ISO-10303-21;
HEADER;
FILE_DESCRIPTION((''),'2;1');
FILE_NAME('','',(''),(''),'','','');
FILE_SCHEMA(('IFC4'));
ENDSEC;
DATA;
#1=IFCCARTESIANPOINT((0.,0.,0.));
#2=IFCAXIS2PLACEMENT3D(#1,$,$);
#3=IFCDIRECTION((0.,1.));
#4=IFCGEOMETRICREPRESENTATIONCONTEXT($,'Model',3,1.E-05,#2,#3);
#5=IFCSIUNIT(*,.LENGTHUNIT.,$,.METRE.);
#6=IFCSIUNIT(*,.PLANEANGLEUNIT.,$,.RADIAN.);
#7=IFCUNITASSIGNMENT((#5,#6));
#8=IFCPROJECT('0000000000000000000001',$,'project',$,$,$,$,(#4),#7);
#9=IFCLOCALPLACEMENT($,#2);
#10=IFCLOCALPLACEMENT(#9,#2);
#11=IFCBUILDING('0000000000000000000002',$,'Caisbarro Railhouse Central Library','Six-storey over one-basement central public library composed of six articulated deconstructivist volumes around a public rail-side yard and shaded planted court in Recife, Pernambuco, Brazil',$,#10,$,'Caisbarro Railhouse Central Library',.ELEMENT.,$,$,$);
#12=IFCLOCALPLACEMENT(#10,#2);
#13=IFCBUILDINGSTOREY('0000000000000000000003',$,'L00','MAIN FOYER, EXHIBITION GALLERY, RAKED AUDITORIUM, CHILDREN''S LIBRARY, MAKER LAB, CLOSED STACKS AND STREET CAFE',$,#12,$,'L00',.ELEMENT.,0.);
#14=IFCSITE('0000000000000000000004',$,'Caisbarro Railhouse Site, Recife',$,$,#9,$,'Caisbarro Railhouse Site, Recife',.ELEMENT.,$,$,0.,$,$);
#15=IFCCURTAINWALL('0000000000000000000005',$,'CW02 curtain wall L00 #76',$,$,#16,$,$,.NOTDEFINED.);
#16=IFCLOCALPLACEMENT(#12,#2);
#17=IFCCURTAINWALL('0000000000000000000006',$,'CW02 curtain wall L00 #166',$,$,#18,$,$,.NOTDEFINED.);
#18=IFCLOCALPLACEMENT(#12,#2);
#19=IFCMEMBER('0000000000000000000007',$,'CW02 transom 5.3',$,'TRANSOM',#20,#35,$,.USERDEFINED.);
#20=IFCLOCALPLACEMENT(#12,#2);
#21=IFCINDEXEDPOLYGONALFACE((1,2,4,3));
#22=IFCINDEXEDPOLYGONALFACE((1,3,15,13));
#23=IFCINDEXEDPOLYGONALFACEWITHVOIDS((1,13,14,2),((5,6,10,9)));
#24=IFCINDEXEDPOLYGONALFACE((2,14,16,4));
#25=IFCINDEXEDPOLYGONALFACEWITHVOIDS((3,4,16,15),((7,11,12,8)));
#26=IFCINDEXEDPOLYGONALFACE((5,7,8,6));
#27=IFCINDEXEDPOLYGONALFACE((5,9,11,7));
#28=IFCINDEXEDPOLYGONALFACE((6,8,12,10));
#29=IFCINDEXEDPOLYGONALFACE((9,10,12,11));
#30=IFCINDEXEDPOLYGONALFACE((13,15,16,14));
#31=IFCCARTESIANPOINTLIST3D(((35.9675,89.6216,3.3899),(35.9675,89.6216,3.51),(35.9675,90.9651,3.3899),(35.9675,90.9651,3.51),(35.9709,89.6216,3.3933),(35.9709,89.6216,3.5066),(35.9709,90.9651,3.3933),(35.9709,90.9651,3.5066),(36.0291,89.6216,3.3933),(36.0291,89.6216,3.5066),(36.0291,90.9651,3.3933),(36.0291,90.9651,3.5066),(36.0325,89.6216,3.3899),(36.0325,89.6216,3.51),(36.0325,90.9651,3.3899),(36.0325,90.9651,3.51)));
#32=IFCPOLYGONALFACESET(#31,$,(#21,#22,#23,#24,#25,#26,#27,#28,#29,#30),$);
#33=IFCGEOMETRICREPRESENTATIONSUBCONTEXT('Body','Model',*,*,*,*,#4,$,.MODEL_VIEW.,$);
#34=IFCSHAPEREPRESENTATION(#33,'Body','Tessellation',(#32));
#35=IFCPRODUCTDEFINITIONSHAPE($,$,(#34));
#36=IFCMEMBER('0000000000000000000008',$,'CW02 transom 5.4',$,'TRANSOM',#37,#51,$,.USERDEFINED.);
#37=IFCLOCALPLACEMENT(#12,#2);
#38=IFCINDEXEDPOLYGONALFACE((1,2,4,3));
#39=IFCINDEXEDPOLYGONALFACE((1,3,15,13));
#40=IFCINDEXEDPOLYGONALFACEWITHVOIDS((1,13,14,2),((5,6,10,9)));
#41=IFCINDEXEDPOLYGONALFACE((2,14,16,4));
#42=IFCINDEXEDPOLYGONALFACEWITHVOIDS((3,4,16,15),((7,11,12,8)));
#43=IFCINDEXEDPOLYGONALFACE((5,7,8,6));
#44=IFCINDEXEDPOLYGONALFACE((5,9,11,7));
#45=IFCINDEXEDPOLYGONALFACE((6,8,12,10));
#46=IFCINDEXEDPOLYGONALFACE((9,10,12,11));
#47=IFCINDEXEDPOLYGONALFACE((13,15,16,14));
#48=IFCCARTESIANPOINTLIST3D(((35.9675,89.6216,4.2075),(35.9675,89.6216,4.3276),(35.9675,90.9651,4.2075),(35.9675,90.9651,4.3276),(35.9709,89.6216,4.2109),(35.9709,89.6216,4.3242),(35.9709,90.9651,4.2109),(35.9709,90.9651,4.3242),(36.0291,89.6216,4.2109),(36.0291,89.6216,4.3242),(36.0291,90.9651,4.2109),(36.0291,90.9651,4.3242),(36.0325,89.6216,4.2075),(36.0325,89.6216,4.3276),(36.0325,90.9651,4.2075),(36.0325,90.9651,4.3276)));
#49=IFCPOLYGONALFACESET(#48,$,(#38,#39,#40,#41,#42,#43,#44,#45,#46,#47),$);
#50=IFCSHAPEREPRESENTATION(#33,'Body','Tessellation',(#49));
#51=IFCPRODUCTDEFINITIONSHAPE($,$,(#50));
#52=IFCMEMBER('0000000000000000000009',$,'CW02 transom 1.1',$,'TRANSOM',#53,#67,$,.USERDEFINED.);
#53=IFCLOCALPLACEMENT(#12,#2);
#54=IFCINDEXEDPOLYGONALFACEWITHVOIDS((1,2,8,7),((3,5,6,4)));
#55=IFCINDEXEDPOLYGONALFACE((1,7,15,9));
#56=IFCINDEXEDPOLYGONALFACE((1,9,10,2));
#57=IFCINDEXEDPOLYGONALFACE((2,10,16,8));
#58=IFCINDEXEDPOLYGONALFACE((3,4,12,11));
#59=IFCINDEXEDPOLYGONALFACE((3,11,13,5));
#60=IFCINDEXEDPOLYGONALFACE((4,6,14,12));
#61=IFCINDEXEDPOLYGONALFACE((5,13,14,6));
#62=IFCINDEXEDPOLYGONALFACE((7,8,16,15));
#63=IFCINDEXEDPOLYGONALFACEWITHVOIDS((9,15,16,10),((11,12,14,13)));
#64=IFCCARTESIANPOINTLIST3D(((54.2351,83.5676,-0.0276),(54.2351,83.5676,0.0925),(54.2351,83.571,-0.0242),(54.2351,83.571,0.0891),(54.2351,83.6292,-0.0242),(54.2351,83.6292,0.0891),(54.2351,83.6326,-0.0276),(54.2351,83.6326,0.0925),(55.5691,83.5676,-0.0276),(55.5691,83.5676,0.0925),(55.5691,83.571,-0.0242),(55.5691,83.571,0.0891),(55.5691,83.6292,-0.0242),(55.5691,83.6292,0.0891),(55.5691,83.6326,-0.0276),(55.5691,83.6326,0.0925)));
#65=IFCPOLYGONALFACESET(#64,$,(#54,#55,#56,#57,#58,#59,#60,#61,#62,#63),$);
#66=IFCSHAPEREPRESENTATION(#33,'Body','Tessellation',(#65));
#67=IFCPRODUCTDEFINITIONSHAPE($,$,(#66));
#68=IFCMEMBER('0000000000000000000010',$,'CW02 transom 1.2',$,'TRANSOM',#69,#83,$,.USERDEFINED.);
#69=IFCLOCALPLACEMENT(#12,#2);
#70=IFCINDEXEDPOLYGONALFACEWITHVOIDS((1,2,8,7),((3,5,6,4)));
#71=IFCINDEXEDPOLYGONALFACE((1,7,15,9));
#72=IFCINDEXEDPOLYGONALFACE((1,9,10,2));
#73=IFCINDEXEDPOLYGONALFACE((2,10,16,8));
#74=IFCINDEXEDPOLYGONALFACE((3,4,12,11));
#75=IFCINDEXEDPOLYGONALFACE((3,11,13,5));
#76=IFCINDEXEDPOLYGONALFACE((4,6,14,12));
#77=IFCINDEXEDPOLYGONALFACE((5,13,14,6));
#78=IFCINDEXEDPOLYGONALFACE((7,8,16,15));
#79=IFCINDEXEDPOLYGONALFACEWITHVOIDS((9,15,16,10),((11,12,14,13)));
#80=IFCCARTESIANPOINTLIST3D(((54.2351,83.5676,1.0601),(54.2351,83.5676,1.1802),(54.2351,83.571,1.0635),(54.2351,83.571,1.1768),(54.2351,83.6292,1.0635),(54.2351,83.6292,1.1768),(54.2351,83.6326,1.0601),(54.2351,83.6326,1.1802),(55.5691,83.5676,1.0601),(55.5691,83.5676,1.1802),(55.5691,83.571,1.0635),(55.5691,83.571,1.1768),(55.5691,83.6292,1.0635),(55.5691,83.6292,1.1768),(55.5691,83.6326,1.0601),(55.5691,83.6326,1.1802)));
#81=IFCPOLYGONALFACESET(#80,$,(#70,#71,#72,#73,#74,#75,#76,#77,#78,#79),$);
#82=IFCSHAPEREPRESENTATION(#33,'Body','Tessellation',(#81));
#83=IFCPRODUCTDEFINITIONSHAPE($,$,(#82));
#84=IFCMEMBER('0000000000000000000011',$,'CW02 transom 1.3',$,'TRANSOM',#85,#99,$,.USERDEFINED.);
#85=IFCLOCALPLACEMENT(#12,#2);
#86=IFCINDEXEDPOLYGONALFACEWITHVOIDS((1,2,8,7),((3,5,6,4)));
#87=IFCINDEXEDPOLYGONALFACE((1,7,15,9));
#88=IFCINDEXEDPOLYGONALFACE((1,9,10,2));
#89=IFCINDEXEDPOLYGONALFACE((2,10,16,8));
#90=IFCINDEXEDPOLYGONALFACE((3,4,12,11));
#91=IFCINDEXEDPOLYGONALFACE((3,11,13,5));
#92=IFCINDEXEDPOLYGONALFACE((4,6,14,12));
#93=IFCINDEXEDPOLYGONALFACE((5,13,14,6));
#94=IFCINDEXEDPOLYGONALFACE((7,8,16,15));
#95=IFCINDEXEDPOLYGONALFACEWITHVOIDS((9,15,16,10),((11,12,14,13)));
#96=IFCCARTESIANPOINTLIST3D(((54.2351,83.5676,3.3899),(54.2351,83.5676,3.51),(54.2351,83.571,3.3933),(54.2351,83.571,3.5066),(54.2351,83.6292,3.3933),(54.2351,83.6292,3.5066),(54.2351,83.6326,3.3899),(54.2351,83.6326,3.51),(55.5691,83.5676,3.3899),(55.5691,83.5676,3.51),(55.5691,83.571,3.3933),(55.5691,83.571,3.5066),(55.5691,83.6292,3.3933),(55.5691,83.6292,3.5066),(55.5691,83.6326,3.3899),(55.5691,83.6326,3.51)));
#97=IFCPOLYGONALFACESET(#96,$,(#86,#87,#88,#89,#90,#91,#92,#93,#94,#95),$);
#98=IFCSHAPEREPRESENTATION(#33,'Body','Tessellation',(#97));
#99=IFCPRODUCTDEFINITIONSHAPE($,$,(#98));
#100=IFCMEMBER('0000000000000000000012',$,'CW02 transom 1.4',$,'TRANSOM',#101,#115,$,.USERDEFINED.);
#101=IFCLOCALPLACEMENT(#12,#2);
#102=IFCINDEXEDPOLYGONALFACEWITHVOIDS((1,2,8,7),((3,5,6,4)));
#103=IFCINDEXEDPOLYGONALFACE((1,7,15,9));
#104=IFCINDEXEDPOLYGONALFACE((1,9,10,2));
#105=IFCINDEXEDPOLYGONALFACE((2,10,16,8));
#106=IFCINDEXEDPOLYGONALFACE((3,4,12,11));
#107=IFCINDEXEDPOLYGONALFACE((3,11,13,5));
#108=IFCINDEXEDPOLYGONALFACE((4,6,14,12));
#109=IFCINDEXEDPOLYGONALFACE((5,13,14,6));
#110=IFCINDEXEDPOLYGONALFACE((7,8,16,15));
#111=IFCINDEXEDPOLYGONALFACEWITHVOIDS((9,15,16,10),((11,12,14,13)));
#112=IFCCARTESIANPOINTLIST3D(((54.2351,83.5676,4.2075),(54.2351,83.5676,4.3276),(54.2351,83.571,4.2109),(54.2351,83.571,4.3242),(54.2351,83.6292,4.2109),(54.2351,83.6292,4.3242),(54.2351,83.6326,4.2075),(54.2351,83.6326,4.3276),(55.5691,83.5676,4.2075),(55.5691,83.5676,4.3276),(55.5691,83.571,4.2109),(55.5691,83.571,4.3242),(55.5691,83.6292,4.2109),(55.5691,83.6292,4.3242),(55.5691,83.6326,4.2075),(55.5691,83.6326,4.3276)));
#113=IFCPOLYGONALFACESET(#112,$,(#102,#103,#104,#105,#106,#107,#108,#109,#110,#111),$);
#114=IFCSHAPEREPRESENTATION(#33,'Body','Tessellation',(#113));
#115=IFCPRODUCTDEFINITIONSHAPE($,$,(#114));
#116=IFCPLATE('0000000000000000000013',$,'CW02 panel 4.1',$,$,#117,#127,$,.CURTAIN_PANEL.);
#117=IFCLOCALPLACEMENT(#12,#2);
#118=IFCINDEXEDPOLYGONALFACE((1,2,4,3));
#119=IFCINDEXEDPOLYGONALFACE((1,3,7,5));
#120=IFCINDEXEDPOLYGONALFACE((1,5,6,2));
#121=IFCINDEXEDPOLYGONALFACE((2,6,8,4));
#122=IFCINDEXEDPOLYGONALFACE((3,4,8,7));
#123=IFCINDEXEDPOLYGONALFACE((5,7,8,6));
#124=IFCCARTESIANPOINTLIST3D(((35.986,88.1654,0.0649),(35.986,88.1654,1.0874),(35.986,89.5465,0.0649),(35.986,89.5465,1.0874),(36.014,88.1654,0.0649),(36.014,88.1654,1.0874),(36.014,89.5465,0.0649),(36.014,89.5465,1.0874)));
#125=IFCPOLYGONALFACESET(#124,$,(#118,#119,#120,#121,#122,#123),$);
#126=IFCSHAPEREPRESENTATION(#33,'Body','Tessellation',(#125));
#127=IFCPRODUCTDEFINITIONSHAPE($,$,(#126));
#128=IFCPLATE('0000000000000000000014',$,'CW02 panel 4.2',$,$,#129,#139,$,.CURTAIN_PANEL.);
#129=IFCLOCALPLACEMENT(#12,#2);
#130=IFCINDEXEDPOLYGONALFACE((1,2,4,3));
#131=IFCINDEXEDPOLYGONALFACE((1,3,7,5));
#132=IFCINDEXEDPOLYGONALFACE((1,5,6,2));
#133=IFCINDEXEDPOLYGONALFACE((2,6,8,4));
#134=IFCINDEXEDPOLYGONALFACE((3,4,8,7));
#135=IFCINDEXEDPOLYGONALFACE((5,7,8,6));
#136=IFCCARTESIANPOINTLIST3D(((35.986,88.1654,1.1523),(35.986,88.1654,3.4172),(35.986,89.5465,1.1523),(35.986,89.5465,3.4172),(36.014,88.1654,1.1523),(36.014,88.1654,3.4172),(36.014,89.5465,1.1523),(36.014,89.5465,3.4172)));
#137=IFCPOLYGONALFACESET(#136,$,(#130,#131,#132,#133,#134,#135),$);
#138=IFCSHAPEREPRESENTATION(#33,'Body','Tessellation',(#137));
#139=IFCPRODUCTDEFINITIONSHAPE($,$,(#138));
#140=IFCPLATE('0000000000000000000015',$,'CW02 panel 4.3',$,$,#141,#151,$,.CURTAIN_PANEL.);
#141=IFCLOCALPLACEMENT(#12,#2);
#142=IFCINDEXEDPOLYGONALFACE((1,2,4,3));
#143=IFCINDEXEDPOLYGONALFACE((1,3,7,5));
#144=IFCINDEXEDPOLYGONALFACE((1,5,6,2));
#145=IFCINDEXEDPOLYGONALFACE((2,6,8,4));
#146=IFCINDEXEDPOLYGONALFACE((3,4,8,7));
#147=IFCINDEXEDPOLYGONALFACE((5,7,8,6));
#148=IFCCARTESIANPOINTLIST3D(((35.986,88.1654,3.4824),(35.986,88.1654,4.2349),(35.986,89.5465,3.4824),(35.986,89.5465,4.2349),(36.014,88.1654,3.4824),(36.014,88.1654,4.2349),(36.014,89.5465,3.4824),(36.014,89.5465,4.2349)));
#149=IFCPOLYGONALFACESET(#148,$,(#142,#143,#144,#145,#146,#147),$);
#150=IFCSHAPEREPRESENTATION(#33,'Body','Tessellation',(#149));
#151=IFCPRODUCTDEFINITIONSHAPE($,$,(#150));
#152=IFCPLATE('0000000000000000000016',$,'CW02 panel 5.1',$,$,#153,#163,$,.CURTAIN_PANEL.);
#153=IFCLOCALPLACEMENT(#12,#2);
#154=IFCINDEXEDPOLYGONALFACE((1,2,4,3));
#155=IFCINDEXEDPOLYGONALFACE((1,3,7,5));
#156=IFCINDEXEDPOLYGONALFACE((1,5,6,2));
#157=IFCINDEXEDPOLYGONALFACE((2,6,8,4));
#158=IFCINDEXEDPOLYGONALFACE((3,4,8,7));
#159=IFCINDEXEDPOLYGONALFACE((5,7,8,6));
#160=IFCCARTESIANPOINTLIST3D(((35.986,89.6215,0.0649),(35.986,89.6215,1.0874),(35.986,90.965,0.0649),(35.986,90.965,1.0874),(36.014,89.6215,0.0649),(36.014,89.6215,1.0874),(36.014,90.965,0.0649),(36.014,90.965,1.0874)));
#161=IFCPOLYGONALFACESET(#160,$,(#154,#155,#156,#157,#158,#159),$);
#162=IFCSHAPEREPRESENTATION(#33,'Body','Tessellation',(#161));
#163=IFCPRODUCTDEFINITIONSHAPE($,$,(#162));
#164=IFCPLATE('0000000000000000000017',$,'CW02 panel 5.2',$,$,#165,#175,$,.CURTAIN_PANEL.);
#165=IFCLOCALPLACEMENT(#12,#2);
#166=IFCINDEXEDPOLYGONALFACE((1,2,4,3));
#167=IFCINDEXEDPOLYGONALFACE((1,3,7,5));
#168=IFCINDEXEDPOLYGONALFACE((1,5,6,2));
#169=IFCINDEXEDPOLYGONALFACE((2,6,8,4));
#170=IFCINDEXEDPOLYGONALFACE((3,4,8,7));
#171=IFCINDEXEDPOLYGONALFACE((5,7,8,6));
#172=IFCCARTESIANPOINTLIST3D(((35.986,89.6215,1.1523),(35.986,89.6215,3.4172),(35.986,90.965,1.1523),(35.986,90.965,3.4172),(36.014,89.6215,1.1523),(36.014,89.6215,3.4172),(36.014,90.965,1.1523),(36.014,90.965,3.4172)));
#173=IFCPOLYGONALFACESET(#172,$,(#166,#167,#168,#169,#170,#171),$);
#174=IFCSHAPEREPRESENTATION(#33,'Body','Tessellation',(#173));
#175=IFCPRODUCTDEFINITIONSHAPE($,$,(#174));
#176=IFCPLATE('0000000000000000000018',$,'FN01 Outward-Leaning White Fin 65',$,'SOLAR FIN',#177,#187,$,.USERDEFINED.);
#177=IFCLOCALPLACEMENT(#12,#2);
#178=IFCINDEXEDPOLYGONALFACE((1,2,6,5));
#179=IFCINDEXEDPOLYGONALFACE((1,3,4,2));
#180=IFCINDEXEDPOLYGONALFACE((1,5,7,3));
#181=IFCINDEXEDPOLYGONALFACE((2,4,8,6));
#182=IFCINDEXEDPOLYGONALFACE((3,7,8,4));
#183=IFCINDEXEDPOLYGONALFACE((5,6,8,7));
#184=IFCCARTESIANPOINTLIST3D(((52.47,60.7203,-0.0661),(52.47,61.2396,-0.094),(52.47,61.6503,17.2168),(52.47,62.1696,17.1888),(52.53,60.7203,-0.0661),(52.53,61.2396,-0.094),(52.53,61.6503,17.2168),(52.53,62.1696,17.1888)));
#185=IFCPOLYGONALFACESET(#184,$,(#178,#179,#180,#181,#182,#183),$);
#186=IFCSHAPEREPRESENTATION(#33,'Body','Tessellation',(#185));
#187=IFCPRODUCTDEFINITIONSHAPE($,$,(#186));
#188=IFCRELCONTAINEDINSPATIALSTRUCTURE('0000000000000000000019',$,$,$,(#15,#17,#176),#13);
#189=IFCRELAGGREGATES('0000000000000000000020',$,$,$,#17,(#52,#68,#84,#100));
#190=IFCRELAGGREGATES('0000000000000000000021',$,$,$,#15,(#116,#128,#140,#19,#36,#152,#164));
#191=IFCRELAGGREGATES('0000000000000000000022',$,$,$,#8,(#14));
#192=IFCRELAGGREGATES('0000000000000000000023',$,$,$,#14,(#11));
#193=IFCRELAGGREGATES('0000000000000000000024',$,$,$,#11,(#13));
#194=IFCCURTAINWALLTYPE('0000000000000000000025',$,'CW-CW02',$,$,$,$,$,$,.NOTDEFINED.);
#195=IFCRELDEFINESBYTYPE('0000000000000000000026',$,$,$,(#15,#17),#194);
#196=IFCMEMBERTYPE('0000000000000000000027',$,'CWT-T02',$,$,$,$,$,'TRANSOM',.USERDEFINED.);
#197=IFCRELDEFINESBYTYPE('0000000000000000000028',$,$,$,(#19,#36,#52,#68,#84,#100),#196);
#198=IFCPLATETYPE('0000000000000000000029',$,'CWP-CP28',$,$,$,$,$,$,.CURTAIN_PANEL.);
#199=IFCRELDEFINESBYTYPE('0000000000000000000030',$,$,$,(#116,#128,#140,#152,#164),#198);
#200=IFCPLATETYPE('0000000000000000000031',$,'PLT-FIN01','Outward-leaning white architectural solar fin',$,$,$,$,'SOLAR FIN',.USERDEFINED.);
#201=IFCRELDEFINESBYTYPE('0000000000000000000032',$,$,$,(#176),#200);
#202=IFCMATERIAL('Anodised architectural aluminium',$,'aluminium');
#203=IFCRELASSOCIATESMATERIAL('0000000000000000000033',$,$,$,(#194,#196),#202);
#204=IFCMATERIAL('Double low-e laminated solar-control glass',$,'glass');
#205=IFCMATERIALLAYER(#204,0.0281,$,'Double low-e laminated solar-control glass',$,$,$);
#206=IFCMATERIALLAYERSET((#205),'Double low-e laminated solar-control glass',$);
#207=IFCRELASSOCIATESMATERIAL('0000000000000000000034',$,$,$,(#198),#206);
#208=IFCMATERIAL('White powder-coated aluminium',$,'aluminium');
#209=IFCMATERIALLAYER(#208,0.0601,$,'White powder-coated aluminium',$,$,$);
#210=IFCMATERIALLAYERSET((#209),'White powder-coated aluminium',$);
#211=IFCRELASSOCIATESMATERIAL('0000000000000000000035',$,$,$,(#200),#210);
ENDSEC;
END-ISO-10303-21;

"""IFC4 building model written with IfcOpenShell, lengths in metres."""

from ifc_helpers import new_model, si_unit, direction, frame, origin, origin_2d, place, context, subcontext, project, spatial, rectangle, hollow_rectangle, extrude, material, layer, layer_set, material_profile, profile_set, type_object, element, aggregate, save


model = new_model("IFC4")

# Units and contexts
model_context = context("Model", 3, precision=1e-05, world=origin(), true_north=direction((0.0, 1.0)))
body_context = subcontext(model_context, "Body", "Model", "MODEL_VIEW")
ifc_project = project(units=[si_unit("LENGTHUNIT", "METRE"), si_unit("PLANEANGLEUNIT", "RADIAN")], contexts=[model_context])

# Site, building, storey
site_placement = place(None, origin())
site = spatial("IfcSite", under=ifc_project, at=site_placement, Name="Caisbarro Railhouse Site, Recife", LongName="Caisbarro Railhouse Site, Recife", CompositionType="ELEMENT", RefElevation=0.0)
building_placement = place(site_placement, origin())
building = spatial("IfcBuilding", under=site, at=building_placement, Name="Caisbarro Railhouse Central Library", Description="Six-storey over one-basement central public library composed of six articulated deconstructivist volumes around a public rail-side yard and shaded planted court in Recife, Pernambuco, Brazil", LongName="Caisbarro Railhouse Central Library", CompositionType="ELEMENT")
storey_placement = place(building_placement, origin())
storey = spatial("IfcBuildingStorey", under=building, at=storey_placement, Name="L00", Description="MAIN FOYER, EXHIBITION GALLERY, RAKED AUDITORIUM, CHILDREN'S LIBRARY, MAKER LAB, CLOSED STACKS AND STREET CAFE", LongName="L00", CompositionType="ELEMENT", Elevation=0.0)

# Curtain walls
ifc_material_1 = material(Name="Anodised architectural aluminium", Category="aluminium")
curtain_wall_type = type_object("IfcCurtainWallType", Name="CW-CW02", PredefinedType="NOTDEFINED", material=ifc_material_1)
curtain_wall_1_placement = place(storey_placement, origin())
curtain_wall_1 = element("IfcCurtainWall", 1, at=curtain_wall_1_placement, inside=storey, type_object=curtain_wall_type, Name="CW02 curtain wall L00 #76", PredefinedType="NOTDEFINED")
curtain_wall_2_placement = place(storey_placement, origin())
curtain_wall_2 = element("IfcCurtainWall", 2, at=curtain_wall_2_placement, inside=storey, type_object=curtain_wall_type, Name="CW02 curtain wall L00 #166", PredefinedType="NOTDEFINED")

# Members
ifc_material_profile_1 = material_profile(ifc_material_1, hollow_rectangle(XDim=0.0649, YDim=0.1201, WallThickness=0.0034, at=origin_2d()), Name="ALU-TRN-65X120")
ifc_profile_set_1 = profile_set([ifc_material_profile_1], Name="Anodised architectural aluminium")
member_type_1 = type_object("IfcMemberType", Name="CWT-T02", ElementType="TRANSOM", PredefinedType="USERDEFINED", material=ifc_profile_set_1)
member_1_placement = place(storey_placement, frame((36.0, 89.6216, 3.45), z_axis=(0.0, 1.0, 0.0), x_axis=(-1.0, 0.0, 0.0)))
member_1 = element("IfcMember", 3, at=member_1_placement, type_object=member_type_1, Name="CW02 transom 5.3", ObjectType="TRANSOM", PredefinedType="USERDEFINED", context=body_context, shape_type="SweptSolid", body=[
    extrude(hollow_rectangle(XDim=0.0649, YDim=0.1201, WallThickness=0.0034, at=origin_2d()), origin(), (0.0, 0.0, 1.0), 1.3435),
])
member_2_placement = place(storey_placement, frame((36.0, 89.6216, 4.2676), z_axis=(0.0, 1.0, 0.0), x_axis=(-1.0, 0.0, 0.0)))
member_2 = element("IfcMember", 4, at=member_2_placement, type_object=member_type_1, Name="CW02 transom 5.4", ObjectType="TRANSOM", PredefinedType="USERDEFINED", context=body_context, shape_type="SweptSolid", body=[
    extrude(hollow_rectangle(XDim=0.0649, YDim=0.1201, WallThickness=0.0034, at=origin_2d()), origin(), (0.0, 0.0, 1.0), 1.3435),
])
member_3_placement = place(storey_placement, frame((54.2351, 83.6001, 0.0325), z_axis=(1.0, 0.0, 0.0), x_axis=(0.0, 1.0, 0.0)))
member_3 = element("IfcMember", 5, at=member_3_placement, type_object=member_type_1, Name="CW02 transom 1.1", ObjectType="TRANSOM", PredefinedType="USERDEFINED", context=body_context, shape_type="SweptSolid", body=[
    extrude(hollow_rectangle(XDim=0.0649, YDim=0.1201, WallThickness=0.0034, at=origin_2d()), origin(), (0.0, 0.0, 1.0), 1.334),
])
member_4_placement = place(storey_placement, frame((54.2351, 83.6001, 1.1201), z_axis=(1.0, 0.0, 0.0), x_axis=(0.0, 1.0, 0.0)))
member_4 = element("IfcMember", 6, at=member_4_placement, type_object=member_type_1, Name="CW02 transom 1.2", ObjectType="TRANSOM", PredefinedType="USERDEFINED", context=body_context, shape_type="SweptSolid", body=[
    extrude(hollow_rectangle(XDim=0.0649, YDim=0.1201, WallThickness=0.0034, at=origin_2d()), origin(), (0.0, 0.0, 1.0), 1.334),
])
member_5_placement = place(storey_placement, frame((54.2351, 83.6001, 3.45), z_axis=(1.0, 0.0, 0.0), x_axis=(0.0, 1.0, 0.0)))
member_5 = element("IfcMember", 7, at=member_5_placement, type_object=member_type_1, Name="CW02 transom 1.3", ObjectType="TRANSOM", PredefinedType="USERDEFINED", context=body_context, shape_type="SweptSolid", body=[
    extrude(hollow_rectangle(XDim=0.0649, YDim=0.1201, WallThickness=0.0034, at=origin_2d()), origin(), (0.0, 0.0, 1.0), 1.334),
])
member_6_placement = place(storey_placement, frame((54.2351, 83.6001, 4.2676), z_axis=(1.0, 0.0, 0.0), x_axis=(0.0, 1.0, 0.0)))
member_6 = element("IfcMember", 8, at=member_6_placement, type_object=member_type_1, Name="CW02 transom 1.4", ObjectType="TRANSOM", PredefinedType="USERDEFINED", context=body_context, shape_type="SweptSolid", body=[
    extrude(hollow_rectangle(XDim=0.0649, YDim=0.1201, WallThickness=0.0034, at=origin_2d()), origin(), (0.0, 0.0, 1.0), 1.334),
])
aggregate(curtain_wall_2, [member_3, member_4, member_5, member_6])

# Plates
ifc_material_2 = material(Name="Double low-e laminated solar-control glass", Category="glass")
ifc_layer_1 = layer(ifc_material_2, 0.0281, Name="Double low-e laminated solar-control glass")
ifc_layer_set_1 = layer_set([ifc_layer_1], Name="Double low-e laminated solar-control glass")
plate_type_1 = type_object("IfcPlateType", Name="CWP-CP28", PredefinedType="CURTAIN_PANEL", material=ifc_layer_set_1)
plate_1_placement = place(storey_placement, frame((36.0, 88.856, 0.0649), z_axis=(0.0, 0.0, 1.0), x_axis=(0.0, 1.0, 0.0)))
plate_1 = element("IfcPlate", 9, at=plate_1_placement, type_object=plate_type_1, Name="CW02 panel 4.1", PredefinedType="CURTAIN_PANEL", context=body_context, shape_type="SweptSolid", body=[
    extrude(rectangle(XDim=1.3811, YDim=0.0281, at=origin_2d()), origin(), (0.0, 0.0, 1.0), 1.0225),
])
plate_2_placement = place(storey_placement, frame((36.0, 88.856, 1.1523), z_axis=(0.0, 0.0, 1.0), x_axis=(0.0, 1.0, 0.0)))
plate_2 = element("IfcPlate", 10, at=plate_2_placement, type_object=plate_type_1, Name="CW02 panel 4.2", PredefinedType="CURTAIN_PANEL", context=body_context, shape_type="SweptSolid", body=[
    extrude(rectangle(XDim=1.3811, YDim=0.0281, at=origin_2d()), origin(), (0.0, 0.0, 1.0), 2.2649),
])
plate_3_placement = place(storey_placement, frame((36.0, 88.856, 3.4824), z_axis=(0.0, 0.0, 1.0), x_axis=(0.0, 1.0, 0.0)))
plate_3 = element("IfcPlate", 11, at=plate_3_placement, type_object=plate_type_1, Name="CW02 panel 4.3", PredefinedType="CURTAIN_PANEL", context=body_context, shape_type="SweptSolid", body=[
    extrude(rectangle(XDim=1.3811, YDim=0.0281, at=origin_2d()), origin(), (0.0, 0.0, 1.0), 0.7524),
])
plate_4_placement = place(storey_placement, frame((36.0, 90.2932, 0.0649), z_axis=(0.0, 0.0, 1.0), x_axis=(0.0, 1.0, 0.0)))
plate_4 = element("IfcPlate", 12, at=plate_4_placement, type_object=plate_type_1, Name="CW02 panel 5.1", PredefinedType="CURTAIN_PANEL", context=body_context, shape_type="SweptSolid", body=[
    extrude(rectangle(XDim=1.3435, YDim=0.0281, at=origin_2d()), origin(), (0.0, 0.0, 1.0), 1.0225),
])
plate_5_placement = place(storey_placement, frame((36.0, 90.2932, 1.1523), z_axis=(0.0, 0.0, 1.0), x_axis=(0.0, 1.0, 0.0)))
plate_5 = element("IfcPlate", 13, at=plate_5_placement, type_object=plate_type_1, Name="CW02 panel 5.2", PredefinedType="CURTAIN_PANEL", context=body_context, shape_type="SweptSolid", body=[
    extrude(rectangle(XDim=1.3435, YDim=0.0281, at=origin_2d()), origin(), (0.0, 0.0, 1.0), 2.2649),
])
aggregate(curtain_wall_1, [plate_1, plate_2, plate_3, member_1, member_2, plate_4, plate_5])

# Plate
ifc_material_3 = material(Name="White powder-coated aluminium", Category="aluminium")
ifc_layer_2 = layer(ifc_material_3, 0.0601, Name="White powder-coated aluminium")
ifc_layer_set_2 = layer_set([ifc_layer_2], Name="White powder-coated aluminium")
plate_type_2 = type_object("IfcPlateType", Name="PLT-FIN01", Description="Outward-leaning white architectural solar fin", ElementType="SOLAR FIN", PredefinedType="USERDEFINED", material=ifc_layer_set_2)
plate_6_placement = place(storey_placement, frame((52.5, 60.98, -0.0801), z_axis=(0.0, 0.05373, 0.998555), x_axis=(1.0, 0.0, 0.0)))
element("IfcPlate", 14, at=plate_6_placement, inside=storey, type_object=plate_type_2, Name="FN01 Outward-Leaning White Fin 65", ObjectType="SOLAR FIN", PredefinedType="USERDEFINED", context=body_context, shape_type="SweptSolid", body=[
    extrude(rectangle(XDim=0.0601, YDim=0.52, at=origin_2d()), origin(), (0.0, 0.0, 1.0), 17.3079),
])

save(model, "model.ifc")
